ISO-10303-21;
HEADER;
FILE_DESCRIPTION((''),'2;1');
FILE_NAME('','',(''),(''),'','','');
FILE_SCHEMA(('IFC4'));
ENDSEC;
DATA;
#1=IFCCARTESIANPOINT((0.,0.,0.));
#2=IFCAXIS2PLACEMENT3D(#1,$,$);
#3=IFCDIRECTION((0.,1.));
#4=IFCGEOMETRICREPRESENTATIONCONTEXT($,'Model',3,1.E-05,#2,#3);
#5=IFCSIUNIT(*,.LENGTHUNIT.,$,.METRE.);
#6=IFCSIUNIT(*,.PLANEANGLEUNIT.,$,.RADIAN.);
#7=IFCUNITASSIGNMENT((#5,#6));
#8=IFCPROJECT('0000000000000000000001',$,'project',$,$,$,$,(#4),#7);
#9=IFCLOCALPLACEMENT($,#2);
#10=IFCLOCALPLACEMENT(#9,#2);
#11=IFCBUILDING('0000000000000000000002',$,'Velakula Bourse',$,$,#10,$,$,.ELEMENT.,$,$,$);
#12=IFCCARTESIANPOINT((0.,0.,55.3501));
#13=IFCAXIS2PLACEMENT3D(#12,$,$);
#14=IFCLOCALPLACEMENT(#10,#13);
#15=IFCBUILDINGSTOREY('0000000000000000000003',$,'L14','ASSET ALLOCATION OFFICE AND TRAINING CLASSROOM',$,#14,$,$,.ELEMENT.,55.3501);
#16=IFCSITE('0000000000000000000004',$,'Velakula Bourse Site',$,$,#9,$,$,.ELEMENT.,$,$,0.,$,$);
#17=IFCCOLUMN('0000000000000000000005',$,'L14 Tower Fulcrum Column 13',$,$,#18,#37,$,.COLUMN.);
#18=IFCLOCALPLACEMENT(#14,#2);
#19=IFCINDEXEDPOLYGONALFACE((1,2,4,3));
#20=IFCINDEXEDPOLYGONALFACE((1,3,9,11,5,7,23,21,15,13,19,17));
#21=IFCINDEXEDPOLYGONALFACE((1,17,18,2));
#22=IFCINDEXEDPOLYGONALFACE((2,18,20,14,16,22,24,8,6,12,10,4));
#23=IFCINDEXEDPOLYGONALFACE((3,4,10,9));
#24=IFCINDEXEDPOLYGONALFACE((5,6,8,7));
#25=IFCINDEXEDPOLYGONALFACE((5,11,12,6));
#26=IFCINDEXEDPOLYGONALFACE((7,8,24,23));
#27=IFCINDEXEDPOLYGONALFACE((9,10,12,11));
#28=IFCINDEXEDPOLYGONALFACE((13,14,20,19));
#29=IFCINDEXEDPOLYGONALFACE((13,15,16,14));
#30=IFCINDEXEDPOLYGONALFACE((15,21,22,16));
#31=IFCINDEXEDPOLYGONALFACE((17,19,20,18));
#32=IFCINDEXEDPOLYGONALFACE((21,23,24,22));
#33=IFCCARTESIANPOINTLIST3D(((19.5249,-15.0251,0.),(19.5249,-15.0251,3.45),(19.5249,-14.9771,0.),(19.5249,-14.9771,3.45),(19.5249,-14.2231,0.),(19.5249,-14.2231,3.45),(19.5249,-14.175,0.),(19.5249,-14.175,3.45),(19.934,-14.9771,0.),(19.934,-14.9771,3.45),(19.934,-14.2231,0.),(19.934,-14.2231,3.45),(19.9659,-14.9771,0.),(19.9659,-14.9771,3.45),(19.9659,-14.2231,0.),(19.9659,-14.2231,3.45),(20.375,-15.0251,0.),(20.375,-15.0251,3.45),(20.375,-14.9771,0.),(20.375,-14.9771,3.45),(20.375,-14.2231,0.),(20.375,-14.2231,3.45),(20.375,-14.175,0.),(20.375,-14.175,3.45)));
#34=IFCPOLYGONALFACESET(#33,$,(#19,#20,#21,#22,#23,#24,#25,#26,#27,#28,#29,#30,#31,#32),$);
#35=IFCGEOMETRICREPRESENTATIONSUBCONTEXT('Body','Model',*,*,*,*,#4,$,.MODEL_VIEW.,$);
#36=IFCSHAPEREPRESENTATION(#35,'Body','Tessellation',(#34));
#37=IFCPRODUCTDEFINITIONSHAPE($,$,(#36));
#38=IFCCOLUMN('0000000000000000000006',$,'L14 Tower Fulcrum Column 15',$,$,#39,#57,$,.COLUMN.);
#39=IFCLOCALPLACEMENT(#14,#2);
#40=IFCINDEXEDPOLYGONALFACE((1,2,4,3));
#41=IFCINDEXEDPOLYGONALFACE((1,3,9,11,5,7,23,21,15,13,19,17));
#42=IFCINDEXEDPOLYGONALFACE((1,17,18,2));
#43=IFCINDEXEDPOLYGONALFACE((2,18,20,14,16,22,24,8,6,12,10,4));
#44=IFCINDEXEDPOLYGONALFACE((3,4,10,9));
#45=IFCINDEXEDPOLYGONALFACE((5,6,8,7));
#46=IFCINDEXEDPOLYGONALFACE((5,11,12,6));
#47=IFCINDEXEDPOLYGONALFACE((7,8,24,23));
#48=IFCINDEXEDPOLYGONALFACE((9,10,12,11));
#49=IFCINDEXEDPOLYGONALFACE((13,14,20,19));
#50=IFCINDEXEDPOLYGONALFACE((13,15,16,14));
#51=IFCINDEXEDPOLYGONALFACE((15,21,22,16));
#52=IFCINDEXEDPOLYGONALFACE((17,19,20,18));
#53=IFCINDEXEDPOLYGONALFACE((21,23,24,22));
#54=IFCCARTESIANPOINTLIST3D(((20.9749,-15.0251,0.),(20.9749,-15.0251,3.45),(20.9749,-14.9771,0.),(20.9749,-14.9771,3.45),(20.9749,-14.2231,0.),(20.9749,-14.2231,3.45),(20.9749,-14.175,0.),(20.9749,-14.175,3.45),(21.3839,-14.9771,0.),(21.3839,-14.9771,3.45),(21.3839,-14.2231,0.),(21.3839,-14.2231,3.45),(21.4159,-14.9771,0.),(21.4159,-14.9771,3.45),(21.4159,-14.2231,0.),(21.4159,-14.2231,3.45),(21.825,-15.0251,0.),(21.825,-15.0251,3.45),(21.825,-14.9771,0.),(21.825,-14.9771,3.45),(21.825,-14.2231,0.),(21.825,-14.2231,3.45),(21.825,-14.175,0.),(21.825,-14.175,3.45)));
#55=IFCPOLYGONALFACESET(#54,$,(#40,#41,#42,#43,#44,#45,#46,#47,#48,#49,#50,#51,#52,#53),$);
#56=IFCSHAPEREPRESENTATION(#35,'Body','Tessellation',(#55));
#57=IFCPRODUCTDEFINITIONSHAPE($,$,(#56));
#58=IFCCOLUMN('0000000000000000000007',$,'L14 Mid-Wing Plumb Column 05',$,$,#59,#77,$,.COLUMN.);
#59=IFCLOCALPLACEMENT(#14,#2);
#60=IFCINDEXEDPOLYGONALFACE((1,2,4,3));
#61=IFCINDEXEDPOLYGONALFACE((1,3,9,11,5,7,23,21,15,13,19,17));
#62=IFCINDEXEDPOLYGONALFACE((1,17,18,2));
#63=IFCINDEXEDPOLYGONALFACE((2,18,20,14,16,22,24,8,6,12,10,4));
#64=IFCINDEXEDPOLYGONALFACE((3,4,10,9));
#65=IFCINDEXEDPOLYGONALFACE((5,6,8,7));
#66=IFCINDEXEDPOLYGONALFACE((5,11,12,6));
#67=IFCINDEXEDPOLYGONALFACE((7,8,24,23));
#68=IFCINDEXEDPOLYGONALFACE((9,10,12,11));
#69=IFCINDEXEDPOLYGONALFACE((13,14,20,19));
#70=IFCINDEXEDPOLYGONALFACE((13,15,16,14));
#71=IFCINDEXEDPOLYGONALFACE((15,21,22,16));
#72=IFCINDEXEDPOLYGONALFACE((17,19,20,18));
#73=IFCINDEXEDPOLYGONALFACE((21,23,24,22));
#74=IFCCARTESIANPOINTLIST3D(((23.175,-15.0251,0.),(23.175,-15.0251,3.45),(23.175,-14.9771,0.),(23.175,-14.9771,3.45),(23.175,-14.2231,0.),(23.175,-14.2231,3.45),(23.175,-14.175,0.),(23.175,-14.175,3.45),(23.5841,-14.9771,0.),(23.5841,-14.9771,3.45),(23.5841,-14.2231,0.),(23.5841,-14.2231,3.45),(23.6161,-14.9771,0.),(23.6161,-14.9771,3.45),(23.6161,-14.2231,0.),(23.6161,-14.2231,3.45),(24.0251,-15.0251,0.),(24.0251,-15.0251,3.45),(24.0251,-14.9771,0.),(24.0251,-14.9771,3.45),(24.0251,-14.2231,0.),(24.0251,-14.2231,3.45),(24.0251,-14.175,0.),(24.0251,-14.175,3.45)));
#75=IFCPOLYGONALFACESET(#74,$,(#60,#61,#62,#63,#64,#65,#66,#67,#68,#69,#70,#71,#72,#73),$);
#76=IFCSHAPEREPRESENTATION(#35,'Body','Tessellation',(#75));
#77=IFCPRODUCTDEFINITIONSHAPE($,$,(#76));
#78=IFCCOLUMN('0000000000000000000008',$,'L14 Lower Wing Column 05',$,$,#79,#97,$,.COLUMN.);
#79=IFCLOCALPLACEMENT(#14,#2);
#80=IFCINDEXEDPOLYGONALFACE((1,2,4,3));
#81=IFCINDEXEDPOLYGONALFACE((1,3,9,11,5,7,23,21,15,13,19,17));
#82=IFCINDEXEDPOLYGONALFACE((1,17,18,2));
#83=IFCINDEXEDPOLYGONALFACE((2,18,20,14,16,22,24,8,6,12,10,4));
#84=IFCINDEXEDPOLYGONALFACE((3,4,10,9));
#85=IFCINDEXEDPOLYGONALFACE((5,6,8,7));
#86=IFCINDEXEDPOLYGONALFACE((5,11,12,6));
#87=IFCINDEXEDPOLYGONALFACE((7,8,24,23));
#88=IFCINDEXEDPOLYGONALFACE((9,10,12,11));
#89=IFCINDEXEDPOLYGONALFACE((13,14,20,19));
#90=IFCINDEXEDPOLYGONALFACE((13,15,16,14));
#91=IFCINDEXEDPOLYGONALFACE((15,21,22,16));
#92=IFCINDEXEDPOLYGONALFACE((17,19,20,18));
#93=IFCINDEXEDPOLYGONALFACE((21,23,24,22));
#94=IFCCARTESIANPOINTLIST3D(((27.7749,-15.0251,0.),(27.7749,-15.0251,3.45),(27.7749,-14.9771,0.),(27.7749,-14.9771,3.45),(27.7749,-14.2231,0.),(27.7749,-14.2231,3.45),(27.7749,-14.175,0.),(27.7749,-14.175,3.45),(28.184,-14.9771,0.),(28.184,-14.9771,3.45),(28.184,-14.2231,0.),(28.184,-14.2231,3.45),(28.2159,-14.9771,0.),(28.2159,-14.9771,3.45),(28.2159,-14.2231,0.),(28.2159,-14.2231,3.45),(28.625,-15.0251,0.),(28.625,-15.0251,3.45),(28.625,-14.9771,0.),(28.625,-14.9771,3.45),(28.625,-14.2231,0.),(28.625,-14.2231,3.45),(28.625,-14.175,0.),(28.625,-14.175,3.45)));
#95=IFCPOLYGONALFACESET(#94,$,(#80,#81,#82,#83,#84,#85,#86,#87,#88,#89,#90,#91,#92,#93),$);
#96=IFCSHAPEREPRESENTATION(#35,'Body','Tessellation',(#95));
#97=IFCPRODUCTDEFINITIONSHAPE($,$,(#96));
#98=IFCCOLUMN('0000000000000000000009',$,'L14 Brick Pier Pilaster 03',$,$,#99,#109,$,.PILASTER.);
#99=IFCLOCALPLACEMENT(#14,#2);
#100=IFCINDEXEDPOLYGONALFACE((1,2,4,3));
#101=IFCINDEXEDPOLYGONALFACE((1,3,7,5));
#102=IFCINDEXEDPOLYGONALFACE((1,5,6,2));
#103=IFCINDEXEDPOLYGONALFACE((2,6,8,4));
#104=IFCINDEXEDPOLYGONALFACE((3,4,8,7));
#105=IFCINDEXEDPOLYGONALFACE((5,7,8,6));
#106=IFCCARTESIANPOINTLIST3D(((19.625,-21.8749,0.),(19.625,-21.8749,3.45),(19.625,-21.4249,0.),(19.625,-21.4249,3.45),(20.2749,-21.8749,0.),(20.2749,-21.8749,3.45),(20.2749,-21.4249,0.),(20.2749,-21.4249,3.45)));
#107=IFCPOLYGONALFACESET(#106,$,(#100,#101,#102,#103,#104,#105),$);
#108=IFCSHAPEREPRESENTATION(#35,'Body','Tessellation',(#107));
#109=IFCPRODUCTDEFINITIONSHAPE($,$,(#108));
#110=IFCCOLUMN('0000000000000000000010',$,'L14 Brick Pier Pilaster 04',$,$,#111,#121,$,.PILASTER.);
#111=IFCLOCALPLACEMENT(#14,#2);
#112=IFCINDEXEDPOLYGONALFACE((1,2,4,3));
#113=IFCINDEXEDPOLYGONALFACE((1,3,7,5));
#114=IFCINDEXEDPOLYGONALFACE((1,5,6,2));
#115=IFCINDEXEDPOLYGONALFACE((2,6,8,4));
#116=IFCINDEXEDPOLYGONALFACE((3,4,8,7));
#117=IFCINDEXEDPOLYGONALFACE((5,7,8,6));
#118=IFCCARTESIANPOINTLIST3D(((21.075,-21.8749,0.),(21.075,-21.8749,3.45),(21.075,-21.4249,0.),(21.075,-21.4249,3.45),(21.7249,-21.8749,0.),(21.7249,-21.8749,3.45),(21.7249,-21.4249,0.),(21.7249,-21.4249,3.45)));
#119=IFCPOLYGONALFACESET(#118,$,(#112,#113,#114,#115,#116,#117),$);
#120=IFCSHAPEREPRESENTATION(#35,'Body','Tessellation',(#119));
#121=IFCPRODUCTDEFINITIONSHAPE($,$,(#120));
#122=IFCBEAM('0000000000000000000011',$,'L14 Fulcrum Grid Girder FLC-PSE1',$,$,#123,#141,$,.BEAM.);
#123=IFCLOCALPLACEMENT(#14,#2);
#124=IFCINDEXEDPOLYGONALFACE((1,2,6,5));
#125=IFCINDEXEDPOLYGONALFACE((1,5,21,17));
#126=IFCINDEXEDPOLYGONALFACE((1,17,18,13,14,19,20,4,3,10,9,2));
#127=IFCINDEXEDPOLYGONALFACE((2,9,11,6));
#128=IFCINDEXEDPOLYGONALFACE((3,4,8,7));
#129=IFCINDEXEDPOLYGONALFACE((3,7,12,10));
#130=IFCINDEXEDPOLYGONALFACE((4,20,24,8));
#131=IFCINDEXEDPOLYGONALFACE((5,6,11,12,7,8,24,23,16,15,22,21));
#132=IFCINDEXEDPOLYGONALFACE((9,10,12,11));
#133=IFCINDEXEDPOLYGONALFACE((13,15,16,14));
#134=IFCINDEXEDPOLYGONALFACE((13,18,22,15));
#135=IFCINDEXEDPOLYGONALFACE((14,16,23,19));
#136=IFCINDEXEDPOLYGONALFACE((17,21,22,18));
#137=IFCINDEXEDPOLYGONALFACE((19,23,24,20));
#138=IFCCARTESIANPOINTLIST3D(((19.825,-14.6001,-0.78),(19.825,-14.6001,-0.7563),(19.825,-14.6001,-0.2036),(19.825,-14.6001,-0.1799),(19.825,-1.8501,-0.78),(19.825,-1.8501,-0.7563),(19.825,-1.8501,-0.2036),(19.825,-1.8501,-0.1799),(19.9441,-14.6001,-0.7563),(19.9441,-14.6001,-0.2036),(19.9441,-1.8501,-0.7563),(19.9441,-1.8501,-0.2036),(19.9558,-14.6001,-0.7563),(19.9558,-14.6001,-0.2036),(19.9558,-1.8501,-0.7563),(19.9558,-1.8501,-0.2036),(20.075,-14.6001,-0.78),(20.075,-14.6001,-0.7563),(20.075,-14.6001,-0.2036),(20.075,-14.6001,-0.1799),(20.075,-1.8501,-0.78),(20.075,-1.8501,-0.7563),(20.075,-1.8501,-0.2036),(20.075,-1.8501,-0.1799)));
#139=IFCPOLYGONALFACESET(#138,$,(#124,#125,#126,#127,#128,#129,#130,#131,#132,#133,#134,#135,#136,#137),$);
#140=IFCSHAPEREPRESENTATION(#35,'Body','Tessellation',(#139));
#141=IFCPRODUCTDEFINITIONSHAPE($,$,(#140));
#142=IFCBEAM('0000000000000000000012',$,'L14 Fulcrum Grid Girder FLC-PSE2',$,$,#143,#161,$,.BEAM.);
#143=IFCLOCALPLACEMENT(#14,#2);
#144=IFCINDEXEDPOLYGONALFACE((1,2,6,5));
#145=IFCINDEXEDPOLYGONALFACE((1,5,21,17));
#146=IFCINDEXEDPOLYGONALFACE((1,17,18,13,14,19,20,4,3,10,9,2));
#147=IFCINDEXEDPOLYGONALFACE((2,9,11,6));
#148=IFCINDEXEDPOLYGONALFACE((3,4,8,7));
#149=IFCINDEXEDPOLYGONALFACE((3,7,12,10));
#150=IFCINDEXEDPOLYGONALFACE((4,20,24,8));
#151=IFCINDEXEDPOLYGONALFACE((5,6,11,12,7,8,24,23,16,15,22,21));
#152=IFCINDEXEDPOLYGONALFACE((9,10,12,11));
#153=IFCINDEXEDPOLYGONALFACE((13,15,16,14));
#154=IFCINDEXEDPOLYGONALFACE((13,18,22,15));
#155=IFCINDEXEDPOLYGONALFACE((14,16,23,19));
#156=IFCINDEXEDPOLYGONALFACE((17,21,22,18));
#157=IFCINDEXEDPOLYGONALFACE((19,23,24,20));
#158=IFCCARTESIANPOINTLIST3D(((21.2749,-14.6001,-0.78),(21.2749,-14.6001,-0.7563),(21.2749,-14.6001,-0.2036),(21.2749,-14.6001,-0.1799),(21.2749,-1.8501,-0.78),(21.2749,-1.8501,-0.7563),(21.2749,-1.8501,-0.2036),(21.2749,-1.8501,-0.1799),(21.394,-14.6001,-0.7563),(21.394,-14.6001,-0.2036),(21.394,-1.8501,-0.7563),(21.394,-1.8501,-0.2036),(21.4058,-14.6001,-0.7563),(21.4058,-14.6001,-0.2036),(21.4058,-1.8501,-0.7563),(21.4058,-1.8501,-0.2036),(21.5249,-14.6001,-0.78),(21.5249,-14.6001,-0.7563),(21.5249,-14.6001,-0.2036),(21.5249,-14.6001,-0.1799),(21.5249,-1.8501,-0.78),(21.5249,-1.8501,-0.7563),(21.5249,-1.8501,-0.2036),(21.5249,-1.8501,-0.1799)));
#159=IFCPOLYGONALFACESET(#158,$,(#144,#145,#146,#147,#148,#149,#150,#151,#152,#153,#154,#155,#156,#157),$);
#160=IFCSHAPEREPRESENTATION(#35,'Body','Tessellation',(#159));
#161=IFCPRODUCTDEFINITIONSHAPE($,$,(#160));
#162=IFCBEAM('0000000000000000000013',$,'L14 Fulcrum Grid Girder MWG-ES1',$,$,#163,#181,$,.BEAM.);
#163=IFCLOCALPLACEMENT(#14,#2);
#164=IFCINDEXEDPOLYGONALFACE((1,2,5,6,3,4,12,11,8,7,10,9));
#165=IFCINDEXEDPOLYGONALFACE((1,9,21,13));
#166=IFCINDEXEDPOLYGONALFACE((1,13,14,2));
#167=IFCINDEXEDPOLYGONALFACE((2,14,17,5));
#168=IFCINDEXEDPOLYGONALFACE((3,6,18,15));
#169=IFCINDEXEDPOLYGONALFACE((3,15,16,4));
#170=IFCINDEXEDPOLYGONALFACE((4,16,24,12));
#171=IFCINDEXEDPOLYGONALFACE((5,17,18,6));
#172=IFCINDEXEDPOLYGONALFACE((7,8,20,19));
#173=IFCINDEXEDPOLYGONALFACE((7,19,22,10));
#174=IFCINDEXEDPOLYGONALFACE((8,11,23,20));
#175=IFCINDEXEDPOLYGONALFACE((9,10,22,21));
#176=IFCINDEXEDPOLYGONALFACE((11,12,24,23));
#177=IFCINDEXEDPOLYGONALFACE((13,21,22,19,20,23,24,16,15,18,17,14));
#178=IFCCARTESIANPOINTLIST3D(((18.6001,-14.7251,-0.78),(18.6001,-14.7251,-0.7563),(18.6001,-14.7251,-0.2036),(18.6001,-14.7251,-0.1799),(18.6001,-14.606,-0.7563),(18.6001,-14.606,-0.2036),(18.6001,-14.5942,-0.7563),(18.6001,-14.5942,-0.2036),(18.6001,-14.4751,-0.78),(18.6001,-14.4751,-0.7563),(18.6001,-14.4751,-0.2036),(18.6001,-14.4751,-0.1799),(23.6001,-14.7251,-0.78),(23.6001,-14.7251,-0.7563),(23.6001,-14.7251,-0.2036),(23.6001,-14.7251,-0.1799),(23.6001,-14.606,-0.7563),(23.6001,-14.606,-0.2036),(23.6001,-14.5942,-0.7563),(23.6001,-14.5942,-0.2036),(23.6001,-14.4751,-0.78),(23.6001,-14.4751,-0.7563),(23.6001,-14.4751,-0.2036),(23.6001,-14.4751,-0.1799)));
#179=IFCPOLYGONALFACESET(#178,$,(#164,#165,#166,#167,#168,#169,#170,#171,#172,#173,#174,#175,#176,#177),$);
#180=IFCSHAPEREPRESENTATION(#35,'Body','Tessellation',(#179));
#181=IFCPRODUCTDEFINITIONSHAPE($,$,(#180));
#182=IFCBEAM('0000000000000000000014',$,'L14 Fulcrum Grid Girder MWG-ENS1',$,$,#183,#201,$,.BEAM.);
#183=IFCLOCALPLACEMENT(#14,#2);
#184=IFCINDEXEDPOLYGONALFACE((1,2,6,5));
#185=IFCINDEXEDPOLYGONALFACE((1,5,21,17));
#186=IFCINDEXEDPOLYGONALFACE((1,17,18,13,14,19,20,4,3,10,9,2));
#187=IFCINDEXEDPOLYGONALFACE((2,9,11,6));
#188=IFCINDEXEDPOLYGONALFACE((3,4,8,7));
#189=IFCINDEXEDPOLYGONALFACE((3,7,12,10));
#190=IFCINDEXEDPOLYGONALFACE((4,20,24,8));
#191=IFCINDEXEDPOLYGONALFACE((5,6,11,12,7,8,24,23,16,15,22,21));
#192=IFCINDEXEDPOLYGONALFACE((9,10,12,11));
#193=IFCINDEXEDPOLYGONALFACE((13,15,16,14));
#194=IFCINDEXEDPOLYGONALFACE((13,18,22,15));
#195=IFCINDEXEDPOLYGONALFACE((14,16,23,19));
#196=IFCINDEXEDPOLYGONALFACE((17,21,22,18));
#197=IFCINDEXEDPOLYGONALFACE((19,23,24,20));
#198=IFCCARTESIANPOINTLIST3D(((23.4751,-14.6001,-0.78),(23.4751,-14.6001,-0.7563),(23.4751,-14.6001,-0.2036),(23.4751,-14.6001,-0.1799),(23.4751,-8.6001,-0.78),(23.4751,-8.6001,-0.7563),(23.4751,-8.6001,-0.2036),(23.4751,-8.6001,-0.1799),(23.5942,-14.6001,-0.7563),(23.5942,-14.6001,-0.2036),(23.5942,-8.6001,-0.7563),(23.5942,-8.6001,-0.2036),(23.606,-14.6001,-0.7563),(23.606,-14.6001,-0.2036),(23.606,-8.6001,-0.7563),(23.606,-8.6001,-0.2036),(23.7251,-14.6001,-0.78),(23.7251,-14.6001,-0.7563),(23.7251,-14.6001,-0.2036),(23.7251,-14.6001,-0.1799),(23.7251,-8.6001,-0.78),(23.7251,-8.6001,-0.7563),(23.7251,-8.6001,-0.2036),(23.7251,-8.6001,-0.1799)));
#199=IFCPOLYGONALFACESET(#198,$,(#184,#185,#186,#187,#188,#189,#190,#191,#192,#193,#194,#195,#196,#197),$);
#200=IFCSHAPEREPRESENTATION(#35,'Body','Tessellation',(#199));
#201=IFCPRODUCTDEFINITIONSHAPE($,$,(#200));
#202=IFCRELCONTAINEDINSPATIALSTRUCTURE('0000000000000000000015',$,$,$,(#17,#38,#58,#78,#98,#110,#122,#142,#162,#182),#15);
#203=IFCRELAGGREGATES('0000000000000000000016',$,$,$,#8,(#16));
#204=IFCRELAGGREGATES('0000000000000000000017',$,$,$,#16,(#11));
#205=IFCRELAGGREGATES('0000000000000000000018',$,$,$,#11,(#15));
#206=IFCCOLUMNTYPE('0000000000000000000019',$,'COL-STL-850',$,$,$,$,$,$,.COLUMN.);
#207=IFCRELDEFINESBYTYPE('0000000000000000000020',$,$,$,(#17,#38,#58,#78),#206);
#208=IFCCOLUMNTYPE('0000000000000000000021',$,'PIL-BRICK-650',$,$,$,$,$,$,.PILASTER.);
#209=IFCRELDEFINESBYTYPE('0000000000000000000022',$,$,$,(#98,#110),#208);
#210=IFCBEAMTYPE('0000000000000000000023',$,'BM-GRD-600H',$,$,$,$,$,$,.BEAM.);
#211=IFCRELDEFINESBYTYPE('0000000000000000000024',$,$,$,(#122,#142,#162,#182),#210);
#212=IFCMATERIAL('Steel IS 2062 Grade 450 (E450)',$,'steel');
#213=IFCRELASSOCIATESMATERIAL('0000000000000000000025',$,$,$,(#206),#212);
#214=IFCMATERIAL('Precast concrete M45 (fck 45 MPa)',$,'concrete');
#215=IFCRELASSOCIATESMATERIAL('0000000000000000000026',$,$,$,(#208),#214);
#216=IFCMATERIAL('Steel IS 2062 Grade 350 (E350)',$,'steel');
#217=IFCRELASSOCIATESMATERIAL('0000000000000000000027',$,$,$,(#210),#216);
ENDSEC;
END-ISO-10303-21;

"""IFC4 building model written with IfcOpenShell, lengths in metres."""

from ifc_helpers import new_model, si_unit, direction, frame, origin, origin_2d, place, context, subcontext, project, spatial, rectangle, i_section, extrude, material, material_profile, profile_set, type_object, element, save


model = new_model("IFC4")

# Units and contexts
model_context = context("Model", 3, precision=1e-05, world=origin(), true_north=direction((0.0, 1.0)))
body_context = subcontext(model_context, "Body", "Model", "MODEL_VIEW")
ifc_project = project(units=[si_unit("LENGTHUNIT", "METRE"), si_unit("PLANEANGLEUNIT", "RADIAN")], contexts=[model_context])

# Site, building, storey
site_placement = place(None, origin())
site = spatial("IfcSite", under=ifc_project, at=site_placement, Name="Velakula Bourse Site", CompositionType="ELEMENT", RefElevation=0.0)
building_placement = place(site_placement, origin())
building = spatial("IfcBuilding", under=site, at=building_placement, Name="Velakula Bourse", CompositionType="ELEMENT")
storey_placement = place(building_placement, frame((0.0, 0.0, 55.3501)))
storey = spatial("IfcBuildingStorey", under=building, at=storey_placement, Name="L14", Description="ASSET ALLOCATION OFFICE AND TRAINING CLASSROOM", CompositionType="ELEMENT", Elevation=55.3501)

# Columns
ifc_material_1 = material(Name="Steel IS 2062 Grade 450 (E450)", Category="steel")
ifc_material_profile_1 = material_profile(ifc_material_1, i_section(OverallWidth=0.8501, OverallDepth=0.8501, WebThickness=0.032, FlangeThickness=0.0481, at=origin_2d()), Name="Steel IS 2062 Grade 450 (E450)")
ifc_profile_set_1 = profile_set([ifc_material_profile_1], Name="Steel IS 2062 Grade 450 (E450)")
column_type_1 = type_object("IfcColumnType", Name="COL-STL-850", PredefinedType="COLUMN", material=ifc_profile_set_1)
for number, where, z_axis, x_axis, name in (
    (1, (19.95, -14.6001, 0.0), (0.0, 0.0, 1.0), (1.0, 0.0, 0.0), "L14 Tower Fulcrum Column 13"),
    (2, (21.3999, -14.6001, 0.0), (0.0, 0.0, 1.0), (1.0, 0.0, 0.0), "L14 Tower Fulcrum Column 15"),
    (3, (23.6001, -14.6001, 0.0), (0.0, 0.0, 1.0), (1.0, 0.0, 0.0), "L14 Mid-Wing Plumb Column 05"),
    (4, (28.2, -14.6001, 0.0), (0.0, 0.0, 1.0), (1.0, 0.0, 0.0), "L14 Lower Wing Column 05"),
):
    element("IfcColumn", number, at=place(storey_placement, frame(where, z_axis=z_axis, x_axis=x_axis)), inside=storey, type_object=column_type_1, Name=name, PredefinedType="COLUMN", context=body_context, shape_type="SweptSolid", body=[
        extrude(i_section(OverallWidth=0.8501, OverallDepth=0.8501, WebThickness=0.032, FlangeThickness=0.0481, at=origin_2d()), origin(), (0.0, 0.0, 1.0), 3.45),
    ])
ifc_material_2 = material(Name="Precast concrete M45 (fck 45 MPa)", Category="concrete")
ifc_material_profile_2 = material_profile(ifc_material_2, rectangle(XDim=0.6499, YDim=0.45, at=origin_2d()), Name="Precast concrete M45 (fck 45 MPa)")
ifc_profile_set_2 = profile_set([ifc_material_profile_2], Name="Precast concrete M45 (fck 45 MPa)")
column_type_2 = type_object("IfcColumnType", Name="PIL-BRICK-650", PredefinedType="PILASTER", material=ifc_profile_set_2)
for number, where, z_axis, x_axis, name in (
    (5, (19.95, -21.6499, 0.0), (0.0, 0.0, 1.0), (1.0, 0.0, 0.0), "L14 Brick Pier Pilaster 03"),
    (6, (21.3999, -21.6499, 0.0), (0.0, 0.0, 1.0), (1.0, 0.0, 0.0), "L14 Brick Pier Pilaster 04"),
):
    element("IfcColumn", number, at=place(storey_placement, frame(where, z_axis=z_axis, x_axis=x_axis)), inside=storey, type_object=column_type_2, Name=name, PredefinedType="PILASTER", context=body_context, shape_type="SweptSolid", body=[
        extrude(rectangle(XDim=0.6499, YDim=0.45, at=origin_2d()), origin(), (0.0, 0.0, 1.0), 3.45),
    ])

# Beams
ifc_material_3 = material(Name="Steel IS 2062 Grade 350 (E350)", Category="steel")
ifc_material_profile_3 = material_profile(ifc_material_3, i_section(OverallWidth=0.25, OverallDepth=0.6001, WebThickness=0.0117, FlangeThickness=0.0237, at=origin_2d()), Name="Steel IS 2062 Grade 350 (E350)")
ifc_profile_set_3 = profile_set([ifc_material_profile_3], Name="Steel IS 2062 Grade 350 (E350)")
beam_type_1 = type_object("IfcBeamType", Name="BM-GRD-600H", PredefinedType="BEAM", material=ifc_profile_set_3)
for number, where, z_axis, x_axis, name in (
    (7, (19.95, -14.6001, -0.48), (0.0, 1.0, 0.0), (-1.0, 0.0, 0.0), "L14 Fulcrum Grid Girder FLC-PSE1"),
    (8, (21.3999, -14.6001, -0.48), (0.0, 1.0, 0.0), (-1.0, 0.0, 0.0), "L14 Fulcrum Grid Girder FLC-PSE2"),
):
    element("IfcBeam", number, at=place(storey_placement, frame(where, z_axis=z_axis, x_axis=x_axis)), inside=storey, type_object=beam_type_1, Name=name, PredefinedType="BEAM", context=body_context, shape_type="SweptSolid", body=[
        extrude(i_section(OverallWidth=0.25, OverallDepth=0.6001, WebThickness=0.0117, FlangeThickness=0.0237, at=origin_2d()), origin(), (0.0, 0.0, 1.0), 12.75),
    ])
beam_1_placement = place(storey_placement, frame((18.6001, -14.6001, -0.48), z_axis=(1.0, 0.0, 0.0), x_axis=(0.0, 1.0, 0.0)))
element("IfcBeam", 9, at=beam_1_placement, inside=storey, type_object=beam_type_1, Name="L14 Fulcrum Grid Girder MWG-ES1", PredefinedType="BEAM", context=body_context, shape_type="SweptSolid", body=[
    extrude(i_section(OverallWidth=0.25, OverallDepth=0.6001, WebThickness=0.0117, FlangeThickness=0.0237, at=origin_2d()), origin(), (0.0, 0.0, 1.0), 5.0),
])
beam_2_placement = place(storey_placement, frame((23.6001, -14.6001, -0.48), z_axis=(0.0, 1.0, 0.0), x_axis=(-1.0, 0.0, 0.0)))
element("IfcBeam", 10, at=beam_2_placement, inside=storey, type_object=beam_type_1, Name="L14 Fulcrum Grid Girder MWG-ENS1", PredefinedType="BEAM", context=body_context, shape_type="SweptSolid", body=[
    extrude(i_section(OverallWidth=0.25, OverallDepth=0.6001, WebThickness=0.0117, FlangeThickness=0.0237, at=origin_2d()), origin(), (0.0, 0.0, 1.0), 6.0),
])

save(model, "model.ifc")
